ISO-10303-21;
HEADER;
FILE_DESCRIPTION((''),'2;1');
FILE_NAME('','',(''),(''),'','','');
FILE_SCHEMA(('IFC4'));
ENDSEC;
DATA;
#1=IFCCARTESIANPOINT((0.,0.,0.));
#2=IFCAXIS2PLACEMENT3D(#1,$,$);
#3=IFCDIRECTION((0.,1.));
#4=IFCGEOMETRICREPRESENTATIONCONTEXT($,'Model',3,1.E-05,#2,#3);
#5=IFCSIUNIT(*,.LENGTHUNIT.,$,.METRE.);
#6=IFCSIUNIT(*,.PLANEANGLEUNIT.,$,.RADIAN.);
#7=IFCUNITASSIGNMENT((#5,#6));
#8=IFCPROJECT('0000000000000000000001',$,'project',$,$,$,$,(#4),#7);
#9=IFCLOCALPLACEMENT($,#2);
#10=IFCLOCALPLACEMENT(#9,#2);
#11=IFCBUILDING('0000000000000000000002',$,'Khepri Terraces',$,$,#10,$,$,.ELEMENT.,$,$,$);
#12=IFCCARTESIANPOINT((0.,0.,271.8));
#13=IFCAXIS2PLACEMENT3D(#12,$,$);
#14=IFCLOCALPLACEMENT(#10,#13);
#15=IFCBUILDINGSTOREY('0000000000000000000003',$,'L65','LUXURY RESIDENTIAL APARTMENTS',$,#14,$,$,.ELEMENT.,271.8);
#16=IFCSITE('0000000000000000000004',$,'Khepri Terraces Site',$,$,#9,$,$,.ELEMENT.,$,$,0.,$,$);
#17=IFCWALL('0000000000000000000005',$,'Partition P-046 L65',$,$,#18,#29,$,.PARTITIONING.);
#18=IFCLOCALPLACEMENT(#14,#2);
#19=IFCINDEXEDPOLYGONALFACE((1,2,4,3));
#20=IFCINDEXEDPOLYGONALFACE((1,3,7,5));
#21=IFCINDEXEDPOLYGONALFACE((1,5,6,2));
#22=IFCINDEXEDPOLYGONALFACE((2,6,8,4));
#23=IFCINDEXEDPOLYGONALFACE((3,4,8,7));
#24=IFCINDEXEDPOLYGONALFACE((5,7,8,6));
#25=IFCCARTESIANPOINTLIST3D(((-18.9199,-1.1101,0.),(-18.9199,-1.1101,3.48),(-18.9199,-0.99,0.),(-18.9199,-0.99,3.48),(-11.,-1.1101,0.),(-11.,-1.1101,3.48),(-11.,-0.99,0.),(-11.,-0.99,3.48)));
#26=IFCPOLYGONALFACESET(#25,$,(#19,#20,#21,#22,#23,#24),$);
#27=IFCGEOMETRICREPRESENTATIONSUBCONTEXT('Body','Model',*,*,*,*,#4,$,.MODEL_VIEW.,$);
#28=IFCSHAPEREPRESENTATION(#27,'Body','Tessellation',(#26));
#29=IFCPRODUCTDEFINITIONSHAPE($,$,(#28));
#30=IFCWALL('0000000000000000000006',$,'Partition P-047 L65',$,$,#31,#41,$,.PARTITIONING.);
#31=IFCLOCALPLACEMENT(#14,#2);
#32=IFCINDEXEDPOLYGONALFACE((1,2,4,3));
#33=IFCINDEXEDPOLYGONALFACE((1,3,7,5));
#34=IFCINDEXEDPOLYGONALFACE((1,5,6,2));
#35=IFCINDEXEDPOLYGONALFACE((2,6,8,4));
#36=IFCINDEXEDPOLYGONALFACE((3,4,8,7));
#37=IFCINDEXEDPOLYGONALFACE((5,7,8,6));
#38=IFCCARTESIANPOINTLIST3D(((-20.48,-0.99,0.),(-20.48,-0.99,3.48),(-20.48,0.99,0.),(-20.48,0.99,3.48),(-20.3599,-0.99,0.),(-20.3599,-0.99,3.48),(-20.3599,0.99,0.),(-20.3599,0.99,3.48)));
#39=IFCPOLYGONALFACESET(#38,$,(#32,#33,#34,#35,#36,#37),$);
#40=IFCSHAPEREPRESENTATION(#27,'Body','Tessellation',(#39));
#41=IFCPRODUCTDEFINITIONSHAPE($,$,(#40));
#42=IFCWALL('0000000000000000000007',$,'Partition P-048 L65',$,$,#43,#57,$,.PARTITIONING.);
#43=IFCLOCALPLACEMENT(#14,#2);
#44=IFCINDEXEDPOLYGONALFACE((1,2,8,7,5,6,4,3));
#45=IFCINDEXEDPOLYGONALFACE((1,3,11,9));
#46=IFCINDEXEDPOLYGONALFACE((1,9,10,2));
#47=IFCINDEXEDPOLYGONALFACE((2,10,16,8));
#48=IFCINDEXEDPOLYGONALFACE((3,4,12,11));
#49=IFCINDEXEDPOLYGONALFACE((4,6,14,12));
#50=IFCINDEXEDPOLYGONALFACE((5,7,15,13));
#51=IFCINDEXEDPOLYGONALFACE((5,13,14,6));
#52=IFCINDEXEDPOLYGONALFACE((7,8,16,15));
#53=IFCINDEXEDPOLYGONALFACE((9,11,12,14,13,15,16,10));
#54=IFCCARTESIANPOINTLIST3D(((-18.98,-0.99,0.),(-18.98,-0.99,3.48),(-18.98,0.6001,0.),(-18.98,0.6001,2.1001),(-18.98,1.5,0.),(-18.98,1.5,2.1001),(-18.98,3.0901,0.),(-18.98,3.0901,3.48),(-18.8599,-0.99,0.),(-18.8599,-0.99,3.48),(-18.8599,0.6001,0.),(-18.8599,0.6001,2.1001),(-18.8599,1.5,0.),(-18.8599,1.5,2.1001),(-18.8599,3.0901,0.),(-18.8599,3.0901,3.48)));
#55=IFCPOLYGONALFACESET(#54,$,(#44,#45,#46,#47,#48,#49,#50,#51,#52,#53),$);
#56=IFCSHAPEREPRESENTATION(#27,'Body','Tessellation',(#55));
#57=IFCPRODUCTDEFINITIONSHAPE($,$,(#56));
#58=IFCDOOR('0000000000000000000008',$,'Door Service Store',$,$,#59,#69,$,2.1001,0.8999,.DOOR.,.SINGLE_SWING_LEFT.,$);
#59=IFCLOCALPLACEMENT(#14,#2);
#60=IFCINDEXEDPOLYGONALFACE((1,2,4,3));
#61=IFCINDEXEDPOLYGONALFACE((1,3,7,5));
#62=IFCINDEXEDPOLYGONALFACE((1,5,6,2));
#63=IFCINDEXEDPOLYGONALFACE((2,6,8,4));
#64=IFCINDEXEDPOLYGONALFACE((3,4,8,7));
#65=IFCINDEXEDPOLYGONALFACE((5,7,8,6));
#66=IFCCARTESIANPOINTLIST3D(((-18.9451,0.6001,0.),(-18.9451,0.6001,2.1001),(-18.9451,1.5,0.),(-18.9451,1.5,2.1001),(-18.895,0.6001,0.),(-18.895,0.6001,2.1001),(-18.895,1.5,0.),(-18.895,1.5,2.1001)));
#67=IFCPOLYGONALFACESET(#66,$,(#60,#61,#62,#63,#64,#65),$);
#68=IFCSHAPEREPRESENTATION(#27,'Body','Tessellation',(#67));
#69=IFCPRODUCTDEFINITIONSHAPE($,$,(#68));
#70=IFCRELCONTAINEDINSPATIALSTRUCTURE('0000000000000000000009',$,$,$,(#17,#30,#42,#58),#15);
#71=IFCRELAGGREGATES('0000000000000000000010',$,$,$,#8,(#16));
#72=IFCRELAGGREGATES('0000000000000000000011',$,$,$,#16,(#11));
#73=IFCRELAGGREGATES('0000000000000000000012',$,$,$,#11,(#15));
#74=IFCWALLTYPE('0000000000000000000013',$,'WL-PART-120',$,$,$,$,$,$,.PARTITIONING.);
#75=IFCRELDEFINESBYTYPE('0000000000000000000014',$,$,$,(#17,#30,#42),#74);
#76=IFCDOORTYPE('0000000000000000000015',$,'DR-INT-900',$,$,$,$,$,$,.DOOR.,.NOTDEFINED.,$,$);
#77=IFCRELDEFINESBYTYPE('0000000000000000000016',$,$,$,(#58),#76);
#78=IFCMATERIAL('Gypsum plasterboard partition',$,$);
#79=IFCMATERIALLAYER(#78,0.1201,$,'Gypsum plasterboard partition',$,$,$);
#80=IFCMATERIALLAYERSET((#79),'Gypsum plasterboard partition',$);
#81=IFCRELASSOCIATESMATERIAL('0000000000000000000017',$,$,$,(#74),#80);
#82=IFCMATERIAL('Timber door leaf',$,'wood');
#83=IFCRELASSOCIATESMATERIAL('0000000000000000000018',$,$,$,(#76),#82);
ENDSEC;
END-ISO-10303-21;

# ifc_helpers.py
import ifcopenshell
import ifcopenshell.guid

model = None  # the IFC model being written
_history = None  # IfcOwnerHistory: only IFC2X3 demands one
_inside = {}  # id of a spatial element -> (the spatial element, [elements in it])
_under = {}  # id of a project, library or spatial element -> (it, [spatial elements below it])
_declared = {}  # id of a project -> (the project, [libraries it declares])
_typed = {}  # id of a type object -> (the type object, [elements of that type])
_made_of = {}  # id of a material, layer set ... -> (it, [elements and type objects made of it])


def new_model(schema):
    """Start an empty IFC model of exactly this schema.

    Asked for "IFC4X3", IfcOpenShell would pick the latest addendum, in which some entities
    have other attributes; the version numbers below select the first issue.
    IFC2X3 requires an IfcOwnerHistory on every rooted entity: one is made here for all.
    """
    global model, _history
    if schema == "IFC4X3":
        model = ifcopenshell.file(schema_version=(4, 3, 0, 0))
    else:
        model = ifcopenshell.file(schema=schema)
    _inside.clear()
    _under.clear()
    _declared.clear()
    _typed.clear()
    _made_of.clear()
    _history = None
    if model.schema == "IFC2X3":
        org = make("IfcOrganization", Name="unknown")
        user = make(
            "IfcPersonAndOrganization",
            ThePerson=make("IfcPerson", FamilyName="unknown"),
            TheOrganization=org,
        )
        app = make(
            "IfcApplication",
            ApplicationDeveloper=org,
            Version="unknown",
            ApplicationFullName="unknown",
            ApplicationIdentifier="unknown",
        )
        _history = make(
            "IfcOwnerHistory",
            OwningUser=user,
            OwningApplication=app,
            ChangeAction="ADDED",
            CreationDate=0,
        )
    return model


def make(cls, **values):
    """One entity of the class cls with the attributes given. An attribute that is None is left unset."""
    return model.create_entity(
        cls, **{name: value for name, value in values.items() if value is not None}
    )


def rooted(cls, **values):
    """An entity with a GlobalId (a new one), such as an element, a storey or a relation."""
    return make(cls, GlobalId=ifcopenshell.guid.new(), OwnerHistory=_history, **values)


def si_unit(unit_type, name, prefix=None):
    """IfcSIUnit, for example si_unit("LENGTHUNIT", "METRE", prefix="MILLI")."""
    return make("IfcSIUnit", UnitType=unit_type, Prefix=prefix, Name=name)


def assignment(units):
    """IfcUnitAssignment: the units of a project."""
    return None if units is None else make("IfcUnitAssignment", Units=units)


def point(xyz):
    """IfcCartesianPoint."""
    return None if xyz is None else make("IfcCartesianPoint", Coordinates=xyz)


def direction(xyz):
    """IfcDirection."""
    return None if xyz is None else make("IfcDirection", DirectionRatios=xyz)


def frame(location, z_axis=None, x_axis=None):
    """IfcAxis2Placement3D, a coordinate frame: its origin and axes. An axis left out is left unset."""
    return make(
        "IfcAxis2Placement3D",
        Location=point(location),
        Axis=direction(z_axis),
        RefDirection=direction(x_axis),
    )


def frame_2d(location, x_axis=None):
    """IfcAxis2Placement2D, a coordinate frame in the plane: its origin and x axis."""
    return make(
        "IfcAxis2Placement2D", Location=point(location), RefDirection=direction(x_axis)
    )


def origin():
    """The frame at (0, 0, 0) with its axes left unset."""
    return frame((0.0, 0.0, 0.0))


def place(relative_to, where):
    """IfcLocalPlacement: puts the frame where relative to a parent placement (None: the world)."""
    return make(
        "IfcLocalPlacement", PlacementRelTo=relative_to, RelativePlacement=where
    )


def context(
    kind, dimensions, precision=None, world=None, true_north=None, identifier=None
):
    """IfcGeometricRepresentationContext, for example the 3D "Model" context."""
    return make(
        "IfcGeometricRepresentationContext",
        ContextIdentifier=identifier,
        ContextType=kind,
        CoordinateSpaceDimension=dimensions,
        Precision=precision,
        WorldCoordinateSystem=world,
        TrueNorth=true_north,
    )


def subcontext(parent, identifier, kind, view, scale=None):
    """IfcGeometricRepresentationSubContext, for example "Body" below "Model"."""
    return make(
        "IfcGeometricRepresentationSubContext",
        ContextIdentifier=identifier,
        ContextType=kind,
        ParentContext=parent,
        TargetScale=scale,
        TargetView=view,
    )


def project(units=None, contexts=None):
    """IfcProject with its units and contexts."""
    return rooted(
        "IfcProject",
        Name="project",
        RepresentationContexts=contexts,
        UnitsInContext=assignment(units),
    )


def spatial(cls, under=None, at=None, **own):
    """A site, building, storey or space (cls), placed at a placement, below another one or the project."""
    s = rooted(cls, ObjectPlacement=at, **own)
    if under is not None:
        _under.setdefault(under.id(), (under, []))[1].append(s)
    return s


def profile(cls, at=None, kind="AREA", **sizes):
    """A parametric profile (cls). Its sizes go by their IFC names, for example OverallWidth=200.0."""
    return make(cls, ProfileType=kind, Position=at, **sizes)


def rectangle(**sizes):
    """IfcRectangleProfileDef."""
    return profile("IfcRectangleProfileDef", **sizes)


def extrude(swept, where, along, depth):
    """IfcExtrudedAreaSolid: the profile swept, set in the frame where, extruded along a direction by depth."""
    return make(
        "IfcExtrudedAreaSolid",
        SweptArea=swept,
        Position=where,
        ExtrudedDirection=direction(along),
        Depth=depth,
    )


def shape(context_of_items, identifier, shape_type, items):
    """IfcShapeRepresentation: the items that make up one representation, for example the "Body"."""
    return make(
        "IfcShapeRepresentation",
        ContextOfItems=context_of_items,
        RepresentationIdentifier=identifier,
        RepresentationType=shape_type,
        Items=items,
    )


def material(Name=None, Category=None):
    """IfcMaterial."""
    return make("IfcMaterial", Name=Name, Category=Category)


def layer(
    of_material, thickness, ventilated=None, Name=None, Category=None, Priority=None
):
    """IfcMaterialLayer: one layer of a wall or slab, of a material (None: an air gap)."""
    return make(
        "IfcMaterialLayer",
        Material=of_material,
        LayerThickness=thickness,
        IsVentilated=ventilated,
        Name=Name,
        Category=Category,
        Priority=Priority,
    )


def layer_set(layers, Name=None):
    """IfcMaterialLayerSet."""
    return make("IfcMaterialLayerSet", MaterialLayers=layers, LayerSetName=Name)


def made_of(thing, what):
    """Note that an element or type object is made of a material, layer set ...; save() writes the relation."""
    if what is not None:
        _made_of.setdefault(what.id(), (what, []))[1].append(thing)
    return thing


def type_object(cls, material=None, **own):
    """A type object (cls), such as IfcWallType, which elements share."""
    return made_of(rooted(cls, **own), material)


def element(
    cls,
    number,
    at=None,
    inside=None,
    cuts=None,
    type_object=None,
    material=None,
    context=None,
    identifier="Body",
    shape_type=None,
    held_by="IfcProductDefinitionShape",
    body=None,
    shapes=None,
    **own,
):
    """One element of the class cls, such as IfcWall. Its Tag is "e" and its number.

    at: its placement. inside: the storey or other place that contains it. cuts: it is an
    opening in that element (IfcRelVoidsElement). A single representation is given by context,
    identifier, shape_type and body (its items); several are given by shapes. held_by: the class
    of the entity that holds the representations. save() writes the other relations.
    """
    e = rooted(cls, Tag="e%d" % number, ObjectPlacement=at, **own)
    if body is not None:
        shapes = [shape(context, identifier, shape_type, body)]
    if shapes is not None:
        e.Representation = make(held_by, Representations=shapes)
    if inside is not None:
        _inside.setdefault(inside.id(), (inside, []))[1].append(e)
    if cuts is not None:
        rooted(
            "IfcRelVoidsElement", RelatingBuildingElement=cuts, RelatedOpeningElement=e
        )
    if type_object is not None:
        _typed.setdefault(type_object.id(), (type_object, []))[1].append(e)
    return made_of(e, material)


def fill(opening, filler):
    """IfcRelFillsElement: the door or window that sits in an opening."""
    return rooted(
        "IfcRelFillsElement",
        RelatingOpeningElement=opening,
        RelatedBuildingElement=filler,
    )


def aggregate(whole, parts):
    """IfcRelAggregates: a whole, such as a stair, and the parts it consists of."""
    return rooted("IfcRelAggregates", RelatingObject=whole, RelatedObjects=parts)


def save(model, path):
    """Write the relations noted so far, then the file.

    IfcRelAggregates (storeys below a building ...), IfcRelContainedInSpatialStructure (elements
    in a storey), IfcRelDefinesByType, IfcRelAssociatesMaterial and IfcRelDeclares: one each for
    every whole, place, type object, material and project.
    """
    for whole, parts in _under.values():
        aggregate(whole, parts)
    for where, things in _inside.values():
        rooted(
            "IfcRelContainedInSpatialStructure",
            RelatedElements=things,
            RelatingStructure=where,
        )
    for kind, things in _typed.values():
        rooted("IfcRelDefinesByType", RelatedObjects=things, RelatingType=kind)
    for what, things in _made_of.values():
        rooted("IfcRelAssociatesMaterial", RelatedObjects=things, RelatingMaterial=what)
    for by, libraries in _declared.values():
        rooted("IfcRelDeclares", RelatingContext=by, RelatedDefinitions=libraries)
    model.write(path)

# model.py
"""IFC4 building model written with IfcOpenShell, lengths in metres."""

from ifc_helpers import new_model, si_unit, direction, frame, frame_2d, origin, place, context, subcontext, project, spatial, rectangle, extrude, material, layer, layer_set, type_object, element, fill, save


model = new_model("IFC4")

# Units and contexts
model_context = context("Model", 3, precision=1e-05, world=origin(), true_north=direction((0.0, 1.0)))
body_context = subcontext(model_context, "Body", "Model", "MODEL_VIEW")
ifc_project = project(units=[si_unit("LENGTHUNIT", "METRE"), si_unit("PLANEANGLEUNIT", "RADIAN")], contexts=[model_context])

# Site, building, storey
site_placement = place(None, origin())
site = spatial("IfcSite", under=ifc_project, at=site_placement, Name="Khepri Terraces Site", CompositionType="ELEMENT", RefElevation=0.0)
building_placement = place(site_placement, origin())
building = spatial("IfcBuilding", under=site, at=building_placement, Name="Khepri Terraces", CompositionType="ELEMENT")
storey_placement = place(building_placement, frame((0.0, 0.0, 271.8)))
storey = spatial("IfcBuildingStorey", under=building, at=storey_placement, Name="L65", Description="LUXURY RESIDENTIAL APARTMENTS", CompositionType="ELEMENT", Elevation=271.8)

# Shared definitions
ifc_material_1 = material(Name="Gypsum plasterboard partition")
ifc_layer_1 = layer(ifc_material_1, 0.1201, Name="Gypsum plasterboard partition")
ifc_layer_set_1 = layer_set([ifc_layer_1], Name="Gypsum plasterboard partition")
wall_type_1 = type_object("IfcWallType", Name="WL-PART-120", PredefinedType="PARTITIONING", material=ifc_layer_set_1)

# Shared definitions
ifc_material_2 = material(Name="Timber door leaf", Category="wood")
door_type_1 = type_object("IfcDoorType", Name="DR-INT-900", OperationType="NOTDEFINED", PredefinedType="DOOR", material=ifc_material_2)

# Walls
wall_1_placement = place(storey_placement, frame((-18.9199, -1.05, 0.0), z_axis=(0.0, 0.0, 1.0), x_axis=(1.0, 0.0, 0.0)))
element("IfcWall", 1, at=wall_1_placement, inside=storey, type_object=wall_type_1, Name="Partition P-046 L65", PredefinedType="PARTITIONING", context=body_context, shape_type="SweptSolid", body=[
    extrude(rectangle(XDim=7.9199, YDim=0.1201, at=frame_2d((3.96, 0.0))), origin(), (0.0, 0.0, 1.0), 3.48),
])
wall_2_placement = place(storey_placement, frame((-20.4199, -0.99, 0.0), z_axis=(0.0, 0.0, 1.0), x_axis=(0.0, 1.0, 0.0)))
element("IfcWall", 2, at=wall_2_placement, inside=storey, type_object=wall_type_1, Name="Partition P-047 L65", PredefinedType="PARTITIONING", context=body_context, shape_type="SweptSolid", body=[
    extrude(rectangle(XDim=1.98, YDim=0.1201, at=frame_2d((0.99, 0.0))), origin(), (0.0, 0.0, 1.0), 3.48),
])

# Wall, opening, door
wall_3_placement = place(storey_placement, frame((-18.9199, -0.99, 0.0), z_axis=(0.0, 0.0, 1.0), x_axis=(0.0, 1.0, 0.0)))
wall_3 = element("IfcWall", 3, at=wall_3_placement, inside=storey, type_object=wall_type_1, Name="Partition P-048 L65", PredefinedType="PARTITIONING", context=body_context, shape_type="SweptSolid", body=[
    extrude(rectangle(XDim=4.0801, YDim=0.1201, at=frame_2d((2.04, 0.0))), origin(), (0.0, 0.0, 1.0), 3.48),
])
opening_1_placement = place(wall_3_placement, frame((1.5901, 0.0, 0.0)))
opening_1 = element("IfcOpeningElement", 4, at=opening_1_placement, cuts=wall_3, PredefinedType="OPENING", context=body_context, shape_type="SweptSolid", body=[
    extrude(rectangle(XDim=0.8999, YDim=2.1001, at=frame_2d((0.45, 1.05))), frame((0.0, 0.0701, 0.0), z_axis=(0.0, -1.0, 0.0), x_axis=(1.0, 0.0, 0.0)), (0.0, 0.0, 1.0), 0.1401),
])
door_1_placement = place(opening_1_placement, frame((0.8999, 0.0, 0.0), z_axis=(0.0, 0.0, 1.0), x_axis=(-1.0, 0.0, 0.0)))
door_1 = element("IfcDoor", 5, at=door_1_placement, inside=storey, type_object=door_type_1, Name="Door Service Store", OperationType="SINGLE_SWING_LEFT", OverallHeight=2.1001, OverallWidth=0.8999, PredefinedType="DOOR", context=body_context, shape_type="SweptSolid", body=[
    extrude(rectangle(XDim=0.8999, YDim=2.1001, at=frame_2d((0.45, 1.05))), frame((0.0, 0.0249, 0.0), z_axis=(0.0, -1.0, 0.0), x_axis=(1.0, 0.0, 0.0)), (0.0, 0.0, 1.0), 0.05),
])
fill(opening_1, door_1)

save(model, "model.ifc")
